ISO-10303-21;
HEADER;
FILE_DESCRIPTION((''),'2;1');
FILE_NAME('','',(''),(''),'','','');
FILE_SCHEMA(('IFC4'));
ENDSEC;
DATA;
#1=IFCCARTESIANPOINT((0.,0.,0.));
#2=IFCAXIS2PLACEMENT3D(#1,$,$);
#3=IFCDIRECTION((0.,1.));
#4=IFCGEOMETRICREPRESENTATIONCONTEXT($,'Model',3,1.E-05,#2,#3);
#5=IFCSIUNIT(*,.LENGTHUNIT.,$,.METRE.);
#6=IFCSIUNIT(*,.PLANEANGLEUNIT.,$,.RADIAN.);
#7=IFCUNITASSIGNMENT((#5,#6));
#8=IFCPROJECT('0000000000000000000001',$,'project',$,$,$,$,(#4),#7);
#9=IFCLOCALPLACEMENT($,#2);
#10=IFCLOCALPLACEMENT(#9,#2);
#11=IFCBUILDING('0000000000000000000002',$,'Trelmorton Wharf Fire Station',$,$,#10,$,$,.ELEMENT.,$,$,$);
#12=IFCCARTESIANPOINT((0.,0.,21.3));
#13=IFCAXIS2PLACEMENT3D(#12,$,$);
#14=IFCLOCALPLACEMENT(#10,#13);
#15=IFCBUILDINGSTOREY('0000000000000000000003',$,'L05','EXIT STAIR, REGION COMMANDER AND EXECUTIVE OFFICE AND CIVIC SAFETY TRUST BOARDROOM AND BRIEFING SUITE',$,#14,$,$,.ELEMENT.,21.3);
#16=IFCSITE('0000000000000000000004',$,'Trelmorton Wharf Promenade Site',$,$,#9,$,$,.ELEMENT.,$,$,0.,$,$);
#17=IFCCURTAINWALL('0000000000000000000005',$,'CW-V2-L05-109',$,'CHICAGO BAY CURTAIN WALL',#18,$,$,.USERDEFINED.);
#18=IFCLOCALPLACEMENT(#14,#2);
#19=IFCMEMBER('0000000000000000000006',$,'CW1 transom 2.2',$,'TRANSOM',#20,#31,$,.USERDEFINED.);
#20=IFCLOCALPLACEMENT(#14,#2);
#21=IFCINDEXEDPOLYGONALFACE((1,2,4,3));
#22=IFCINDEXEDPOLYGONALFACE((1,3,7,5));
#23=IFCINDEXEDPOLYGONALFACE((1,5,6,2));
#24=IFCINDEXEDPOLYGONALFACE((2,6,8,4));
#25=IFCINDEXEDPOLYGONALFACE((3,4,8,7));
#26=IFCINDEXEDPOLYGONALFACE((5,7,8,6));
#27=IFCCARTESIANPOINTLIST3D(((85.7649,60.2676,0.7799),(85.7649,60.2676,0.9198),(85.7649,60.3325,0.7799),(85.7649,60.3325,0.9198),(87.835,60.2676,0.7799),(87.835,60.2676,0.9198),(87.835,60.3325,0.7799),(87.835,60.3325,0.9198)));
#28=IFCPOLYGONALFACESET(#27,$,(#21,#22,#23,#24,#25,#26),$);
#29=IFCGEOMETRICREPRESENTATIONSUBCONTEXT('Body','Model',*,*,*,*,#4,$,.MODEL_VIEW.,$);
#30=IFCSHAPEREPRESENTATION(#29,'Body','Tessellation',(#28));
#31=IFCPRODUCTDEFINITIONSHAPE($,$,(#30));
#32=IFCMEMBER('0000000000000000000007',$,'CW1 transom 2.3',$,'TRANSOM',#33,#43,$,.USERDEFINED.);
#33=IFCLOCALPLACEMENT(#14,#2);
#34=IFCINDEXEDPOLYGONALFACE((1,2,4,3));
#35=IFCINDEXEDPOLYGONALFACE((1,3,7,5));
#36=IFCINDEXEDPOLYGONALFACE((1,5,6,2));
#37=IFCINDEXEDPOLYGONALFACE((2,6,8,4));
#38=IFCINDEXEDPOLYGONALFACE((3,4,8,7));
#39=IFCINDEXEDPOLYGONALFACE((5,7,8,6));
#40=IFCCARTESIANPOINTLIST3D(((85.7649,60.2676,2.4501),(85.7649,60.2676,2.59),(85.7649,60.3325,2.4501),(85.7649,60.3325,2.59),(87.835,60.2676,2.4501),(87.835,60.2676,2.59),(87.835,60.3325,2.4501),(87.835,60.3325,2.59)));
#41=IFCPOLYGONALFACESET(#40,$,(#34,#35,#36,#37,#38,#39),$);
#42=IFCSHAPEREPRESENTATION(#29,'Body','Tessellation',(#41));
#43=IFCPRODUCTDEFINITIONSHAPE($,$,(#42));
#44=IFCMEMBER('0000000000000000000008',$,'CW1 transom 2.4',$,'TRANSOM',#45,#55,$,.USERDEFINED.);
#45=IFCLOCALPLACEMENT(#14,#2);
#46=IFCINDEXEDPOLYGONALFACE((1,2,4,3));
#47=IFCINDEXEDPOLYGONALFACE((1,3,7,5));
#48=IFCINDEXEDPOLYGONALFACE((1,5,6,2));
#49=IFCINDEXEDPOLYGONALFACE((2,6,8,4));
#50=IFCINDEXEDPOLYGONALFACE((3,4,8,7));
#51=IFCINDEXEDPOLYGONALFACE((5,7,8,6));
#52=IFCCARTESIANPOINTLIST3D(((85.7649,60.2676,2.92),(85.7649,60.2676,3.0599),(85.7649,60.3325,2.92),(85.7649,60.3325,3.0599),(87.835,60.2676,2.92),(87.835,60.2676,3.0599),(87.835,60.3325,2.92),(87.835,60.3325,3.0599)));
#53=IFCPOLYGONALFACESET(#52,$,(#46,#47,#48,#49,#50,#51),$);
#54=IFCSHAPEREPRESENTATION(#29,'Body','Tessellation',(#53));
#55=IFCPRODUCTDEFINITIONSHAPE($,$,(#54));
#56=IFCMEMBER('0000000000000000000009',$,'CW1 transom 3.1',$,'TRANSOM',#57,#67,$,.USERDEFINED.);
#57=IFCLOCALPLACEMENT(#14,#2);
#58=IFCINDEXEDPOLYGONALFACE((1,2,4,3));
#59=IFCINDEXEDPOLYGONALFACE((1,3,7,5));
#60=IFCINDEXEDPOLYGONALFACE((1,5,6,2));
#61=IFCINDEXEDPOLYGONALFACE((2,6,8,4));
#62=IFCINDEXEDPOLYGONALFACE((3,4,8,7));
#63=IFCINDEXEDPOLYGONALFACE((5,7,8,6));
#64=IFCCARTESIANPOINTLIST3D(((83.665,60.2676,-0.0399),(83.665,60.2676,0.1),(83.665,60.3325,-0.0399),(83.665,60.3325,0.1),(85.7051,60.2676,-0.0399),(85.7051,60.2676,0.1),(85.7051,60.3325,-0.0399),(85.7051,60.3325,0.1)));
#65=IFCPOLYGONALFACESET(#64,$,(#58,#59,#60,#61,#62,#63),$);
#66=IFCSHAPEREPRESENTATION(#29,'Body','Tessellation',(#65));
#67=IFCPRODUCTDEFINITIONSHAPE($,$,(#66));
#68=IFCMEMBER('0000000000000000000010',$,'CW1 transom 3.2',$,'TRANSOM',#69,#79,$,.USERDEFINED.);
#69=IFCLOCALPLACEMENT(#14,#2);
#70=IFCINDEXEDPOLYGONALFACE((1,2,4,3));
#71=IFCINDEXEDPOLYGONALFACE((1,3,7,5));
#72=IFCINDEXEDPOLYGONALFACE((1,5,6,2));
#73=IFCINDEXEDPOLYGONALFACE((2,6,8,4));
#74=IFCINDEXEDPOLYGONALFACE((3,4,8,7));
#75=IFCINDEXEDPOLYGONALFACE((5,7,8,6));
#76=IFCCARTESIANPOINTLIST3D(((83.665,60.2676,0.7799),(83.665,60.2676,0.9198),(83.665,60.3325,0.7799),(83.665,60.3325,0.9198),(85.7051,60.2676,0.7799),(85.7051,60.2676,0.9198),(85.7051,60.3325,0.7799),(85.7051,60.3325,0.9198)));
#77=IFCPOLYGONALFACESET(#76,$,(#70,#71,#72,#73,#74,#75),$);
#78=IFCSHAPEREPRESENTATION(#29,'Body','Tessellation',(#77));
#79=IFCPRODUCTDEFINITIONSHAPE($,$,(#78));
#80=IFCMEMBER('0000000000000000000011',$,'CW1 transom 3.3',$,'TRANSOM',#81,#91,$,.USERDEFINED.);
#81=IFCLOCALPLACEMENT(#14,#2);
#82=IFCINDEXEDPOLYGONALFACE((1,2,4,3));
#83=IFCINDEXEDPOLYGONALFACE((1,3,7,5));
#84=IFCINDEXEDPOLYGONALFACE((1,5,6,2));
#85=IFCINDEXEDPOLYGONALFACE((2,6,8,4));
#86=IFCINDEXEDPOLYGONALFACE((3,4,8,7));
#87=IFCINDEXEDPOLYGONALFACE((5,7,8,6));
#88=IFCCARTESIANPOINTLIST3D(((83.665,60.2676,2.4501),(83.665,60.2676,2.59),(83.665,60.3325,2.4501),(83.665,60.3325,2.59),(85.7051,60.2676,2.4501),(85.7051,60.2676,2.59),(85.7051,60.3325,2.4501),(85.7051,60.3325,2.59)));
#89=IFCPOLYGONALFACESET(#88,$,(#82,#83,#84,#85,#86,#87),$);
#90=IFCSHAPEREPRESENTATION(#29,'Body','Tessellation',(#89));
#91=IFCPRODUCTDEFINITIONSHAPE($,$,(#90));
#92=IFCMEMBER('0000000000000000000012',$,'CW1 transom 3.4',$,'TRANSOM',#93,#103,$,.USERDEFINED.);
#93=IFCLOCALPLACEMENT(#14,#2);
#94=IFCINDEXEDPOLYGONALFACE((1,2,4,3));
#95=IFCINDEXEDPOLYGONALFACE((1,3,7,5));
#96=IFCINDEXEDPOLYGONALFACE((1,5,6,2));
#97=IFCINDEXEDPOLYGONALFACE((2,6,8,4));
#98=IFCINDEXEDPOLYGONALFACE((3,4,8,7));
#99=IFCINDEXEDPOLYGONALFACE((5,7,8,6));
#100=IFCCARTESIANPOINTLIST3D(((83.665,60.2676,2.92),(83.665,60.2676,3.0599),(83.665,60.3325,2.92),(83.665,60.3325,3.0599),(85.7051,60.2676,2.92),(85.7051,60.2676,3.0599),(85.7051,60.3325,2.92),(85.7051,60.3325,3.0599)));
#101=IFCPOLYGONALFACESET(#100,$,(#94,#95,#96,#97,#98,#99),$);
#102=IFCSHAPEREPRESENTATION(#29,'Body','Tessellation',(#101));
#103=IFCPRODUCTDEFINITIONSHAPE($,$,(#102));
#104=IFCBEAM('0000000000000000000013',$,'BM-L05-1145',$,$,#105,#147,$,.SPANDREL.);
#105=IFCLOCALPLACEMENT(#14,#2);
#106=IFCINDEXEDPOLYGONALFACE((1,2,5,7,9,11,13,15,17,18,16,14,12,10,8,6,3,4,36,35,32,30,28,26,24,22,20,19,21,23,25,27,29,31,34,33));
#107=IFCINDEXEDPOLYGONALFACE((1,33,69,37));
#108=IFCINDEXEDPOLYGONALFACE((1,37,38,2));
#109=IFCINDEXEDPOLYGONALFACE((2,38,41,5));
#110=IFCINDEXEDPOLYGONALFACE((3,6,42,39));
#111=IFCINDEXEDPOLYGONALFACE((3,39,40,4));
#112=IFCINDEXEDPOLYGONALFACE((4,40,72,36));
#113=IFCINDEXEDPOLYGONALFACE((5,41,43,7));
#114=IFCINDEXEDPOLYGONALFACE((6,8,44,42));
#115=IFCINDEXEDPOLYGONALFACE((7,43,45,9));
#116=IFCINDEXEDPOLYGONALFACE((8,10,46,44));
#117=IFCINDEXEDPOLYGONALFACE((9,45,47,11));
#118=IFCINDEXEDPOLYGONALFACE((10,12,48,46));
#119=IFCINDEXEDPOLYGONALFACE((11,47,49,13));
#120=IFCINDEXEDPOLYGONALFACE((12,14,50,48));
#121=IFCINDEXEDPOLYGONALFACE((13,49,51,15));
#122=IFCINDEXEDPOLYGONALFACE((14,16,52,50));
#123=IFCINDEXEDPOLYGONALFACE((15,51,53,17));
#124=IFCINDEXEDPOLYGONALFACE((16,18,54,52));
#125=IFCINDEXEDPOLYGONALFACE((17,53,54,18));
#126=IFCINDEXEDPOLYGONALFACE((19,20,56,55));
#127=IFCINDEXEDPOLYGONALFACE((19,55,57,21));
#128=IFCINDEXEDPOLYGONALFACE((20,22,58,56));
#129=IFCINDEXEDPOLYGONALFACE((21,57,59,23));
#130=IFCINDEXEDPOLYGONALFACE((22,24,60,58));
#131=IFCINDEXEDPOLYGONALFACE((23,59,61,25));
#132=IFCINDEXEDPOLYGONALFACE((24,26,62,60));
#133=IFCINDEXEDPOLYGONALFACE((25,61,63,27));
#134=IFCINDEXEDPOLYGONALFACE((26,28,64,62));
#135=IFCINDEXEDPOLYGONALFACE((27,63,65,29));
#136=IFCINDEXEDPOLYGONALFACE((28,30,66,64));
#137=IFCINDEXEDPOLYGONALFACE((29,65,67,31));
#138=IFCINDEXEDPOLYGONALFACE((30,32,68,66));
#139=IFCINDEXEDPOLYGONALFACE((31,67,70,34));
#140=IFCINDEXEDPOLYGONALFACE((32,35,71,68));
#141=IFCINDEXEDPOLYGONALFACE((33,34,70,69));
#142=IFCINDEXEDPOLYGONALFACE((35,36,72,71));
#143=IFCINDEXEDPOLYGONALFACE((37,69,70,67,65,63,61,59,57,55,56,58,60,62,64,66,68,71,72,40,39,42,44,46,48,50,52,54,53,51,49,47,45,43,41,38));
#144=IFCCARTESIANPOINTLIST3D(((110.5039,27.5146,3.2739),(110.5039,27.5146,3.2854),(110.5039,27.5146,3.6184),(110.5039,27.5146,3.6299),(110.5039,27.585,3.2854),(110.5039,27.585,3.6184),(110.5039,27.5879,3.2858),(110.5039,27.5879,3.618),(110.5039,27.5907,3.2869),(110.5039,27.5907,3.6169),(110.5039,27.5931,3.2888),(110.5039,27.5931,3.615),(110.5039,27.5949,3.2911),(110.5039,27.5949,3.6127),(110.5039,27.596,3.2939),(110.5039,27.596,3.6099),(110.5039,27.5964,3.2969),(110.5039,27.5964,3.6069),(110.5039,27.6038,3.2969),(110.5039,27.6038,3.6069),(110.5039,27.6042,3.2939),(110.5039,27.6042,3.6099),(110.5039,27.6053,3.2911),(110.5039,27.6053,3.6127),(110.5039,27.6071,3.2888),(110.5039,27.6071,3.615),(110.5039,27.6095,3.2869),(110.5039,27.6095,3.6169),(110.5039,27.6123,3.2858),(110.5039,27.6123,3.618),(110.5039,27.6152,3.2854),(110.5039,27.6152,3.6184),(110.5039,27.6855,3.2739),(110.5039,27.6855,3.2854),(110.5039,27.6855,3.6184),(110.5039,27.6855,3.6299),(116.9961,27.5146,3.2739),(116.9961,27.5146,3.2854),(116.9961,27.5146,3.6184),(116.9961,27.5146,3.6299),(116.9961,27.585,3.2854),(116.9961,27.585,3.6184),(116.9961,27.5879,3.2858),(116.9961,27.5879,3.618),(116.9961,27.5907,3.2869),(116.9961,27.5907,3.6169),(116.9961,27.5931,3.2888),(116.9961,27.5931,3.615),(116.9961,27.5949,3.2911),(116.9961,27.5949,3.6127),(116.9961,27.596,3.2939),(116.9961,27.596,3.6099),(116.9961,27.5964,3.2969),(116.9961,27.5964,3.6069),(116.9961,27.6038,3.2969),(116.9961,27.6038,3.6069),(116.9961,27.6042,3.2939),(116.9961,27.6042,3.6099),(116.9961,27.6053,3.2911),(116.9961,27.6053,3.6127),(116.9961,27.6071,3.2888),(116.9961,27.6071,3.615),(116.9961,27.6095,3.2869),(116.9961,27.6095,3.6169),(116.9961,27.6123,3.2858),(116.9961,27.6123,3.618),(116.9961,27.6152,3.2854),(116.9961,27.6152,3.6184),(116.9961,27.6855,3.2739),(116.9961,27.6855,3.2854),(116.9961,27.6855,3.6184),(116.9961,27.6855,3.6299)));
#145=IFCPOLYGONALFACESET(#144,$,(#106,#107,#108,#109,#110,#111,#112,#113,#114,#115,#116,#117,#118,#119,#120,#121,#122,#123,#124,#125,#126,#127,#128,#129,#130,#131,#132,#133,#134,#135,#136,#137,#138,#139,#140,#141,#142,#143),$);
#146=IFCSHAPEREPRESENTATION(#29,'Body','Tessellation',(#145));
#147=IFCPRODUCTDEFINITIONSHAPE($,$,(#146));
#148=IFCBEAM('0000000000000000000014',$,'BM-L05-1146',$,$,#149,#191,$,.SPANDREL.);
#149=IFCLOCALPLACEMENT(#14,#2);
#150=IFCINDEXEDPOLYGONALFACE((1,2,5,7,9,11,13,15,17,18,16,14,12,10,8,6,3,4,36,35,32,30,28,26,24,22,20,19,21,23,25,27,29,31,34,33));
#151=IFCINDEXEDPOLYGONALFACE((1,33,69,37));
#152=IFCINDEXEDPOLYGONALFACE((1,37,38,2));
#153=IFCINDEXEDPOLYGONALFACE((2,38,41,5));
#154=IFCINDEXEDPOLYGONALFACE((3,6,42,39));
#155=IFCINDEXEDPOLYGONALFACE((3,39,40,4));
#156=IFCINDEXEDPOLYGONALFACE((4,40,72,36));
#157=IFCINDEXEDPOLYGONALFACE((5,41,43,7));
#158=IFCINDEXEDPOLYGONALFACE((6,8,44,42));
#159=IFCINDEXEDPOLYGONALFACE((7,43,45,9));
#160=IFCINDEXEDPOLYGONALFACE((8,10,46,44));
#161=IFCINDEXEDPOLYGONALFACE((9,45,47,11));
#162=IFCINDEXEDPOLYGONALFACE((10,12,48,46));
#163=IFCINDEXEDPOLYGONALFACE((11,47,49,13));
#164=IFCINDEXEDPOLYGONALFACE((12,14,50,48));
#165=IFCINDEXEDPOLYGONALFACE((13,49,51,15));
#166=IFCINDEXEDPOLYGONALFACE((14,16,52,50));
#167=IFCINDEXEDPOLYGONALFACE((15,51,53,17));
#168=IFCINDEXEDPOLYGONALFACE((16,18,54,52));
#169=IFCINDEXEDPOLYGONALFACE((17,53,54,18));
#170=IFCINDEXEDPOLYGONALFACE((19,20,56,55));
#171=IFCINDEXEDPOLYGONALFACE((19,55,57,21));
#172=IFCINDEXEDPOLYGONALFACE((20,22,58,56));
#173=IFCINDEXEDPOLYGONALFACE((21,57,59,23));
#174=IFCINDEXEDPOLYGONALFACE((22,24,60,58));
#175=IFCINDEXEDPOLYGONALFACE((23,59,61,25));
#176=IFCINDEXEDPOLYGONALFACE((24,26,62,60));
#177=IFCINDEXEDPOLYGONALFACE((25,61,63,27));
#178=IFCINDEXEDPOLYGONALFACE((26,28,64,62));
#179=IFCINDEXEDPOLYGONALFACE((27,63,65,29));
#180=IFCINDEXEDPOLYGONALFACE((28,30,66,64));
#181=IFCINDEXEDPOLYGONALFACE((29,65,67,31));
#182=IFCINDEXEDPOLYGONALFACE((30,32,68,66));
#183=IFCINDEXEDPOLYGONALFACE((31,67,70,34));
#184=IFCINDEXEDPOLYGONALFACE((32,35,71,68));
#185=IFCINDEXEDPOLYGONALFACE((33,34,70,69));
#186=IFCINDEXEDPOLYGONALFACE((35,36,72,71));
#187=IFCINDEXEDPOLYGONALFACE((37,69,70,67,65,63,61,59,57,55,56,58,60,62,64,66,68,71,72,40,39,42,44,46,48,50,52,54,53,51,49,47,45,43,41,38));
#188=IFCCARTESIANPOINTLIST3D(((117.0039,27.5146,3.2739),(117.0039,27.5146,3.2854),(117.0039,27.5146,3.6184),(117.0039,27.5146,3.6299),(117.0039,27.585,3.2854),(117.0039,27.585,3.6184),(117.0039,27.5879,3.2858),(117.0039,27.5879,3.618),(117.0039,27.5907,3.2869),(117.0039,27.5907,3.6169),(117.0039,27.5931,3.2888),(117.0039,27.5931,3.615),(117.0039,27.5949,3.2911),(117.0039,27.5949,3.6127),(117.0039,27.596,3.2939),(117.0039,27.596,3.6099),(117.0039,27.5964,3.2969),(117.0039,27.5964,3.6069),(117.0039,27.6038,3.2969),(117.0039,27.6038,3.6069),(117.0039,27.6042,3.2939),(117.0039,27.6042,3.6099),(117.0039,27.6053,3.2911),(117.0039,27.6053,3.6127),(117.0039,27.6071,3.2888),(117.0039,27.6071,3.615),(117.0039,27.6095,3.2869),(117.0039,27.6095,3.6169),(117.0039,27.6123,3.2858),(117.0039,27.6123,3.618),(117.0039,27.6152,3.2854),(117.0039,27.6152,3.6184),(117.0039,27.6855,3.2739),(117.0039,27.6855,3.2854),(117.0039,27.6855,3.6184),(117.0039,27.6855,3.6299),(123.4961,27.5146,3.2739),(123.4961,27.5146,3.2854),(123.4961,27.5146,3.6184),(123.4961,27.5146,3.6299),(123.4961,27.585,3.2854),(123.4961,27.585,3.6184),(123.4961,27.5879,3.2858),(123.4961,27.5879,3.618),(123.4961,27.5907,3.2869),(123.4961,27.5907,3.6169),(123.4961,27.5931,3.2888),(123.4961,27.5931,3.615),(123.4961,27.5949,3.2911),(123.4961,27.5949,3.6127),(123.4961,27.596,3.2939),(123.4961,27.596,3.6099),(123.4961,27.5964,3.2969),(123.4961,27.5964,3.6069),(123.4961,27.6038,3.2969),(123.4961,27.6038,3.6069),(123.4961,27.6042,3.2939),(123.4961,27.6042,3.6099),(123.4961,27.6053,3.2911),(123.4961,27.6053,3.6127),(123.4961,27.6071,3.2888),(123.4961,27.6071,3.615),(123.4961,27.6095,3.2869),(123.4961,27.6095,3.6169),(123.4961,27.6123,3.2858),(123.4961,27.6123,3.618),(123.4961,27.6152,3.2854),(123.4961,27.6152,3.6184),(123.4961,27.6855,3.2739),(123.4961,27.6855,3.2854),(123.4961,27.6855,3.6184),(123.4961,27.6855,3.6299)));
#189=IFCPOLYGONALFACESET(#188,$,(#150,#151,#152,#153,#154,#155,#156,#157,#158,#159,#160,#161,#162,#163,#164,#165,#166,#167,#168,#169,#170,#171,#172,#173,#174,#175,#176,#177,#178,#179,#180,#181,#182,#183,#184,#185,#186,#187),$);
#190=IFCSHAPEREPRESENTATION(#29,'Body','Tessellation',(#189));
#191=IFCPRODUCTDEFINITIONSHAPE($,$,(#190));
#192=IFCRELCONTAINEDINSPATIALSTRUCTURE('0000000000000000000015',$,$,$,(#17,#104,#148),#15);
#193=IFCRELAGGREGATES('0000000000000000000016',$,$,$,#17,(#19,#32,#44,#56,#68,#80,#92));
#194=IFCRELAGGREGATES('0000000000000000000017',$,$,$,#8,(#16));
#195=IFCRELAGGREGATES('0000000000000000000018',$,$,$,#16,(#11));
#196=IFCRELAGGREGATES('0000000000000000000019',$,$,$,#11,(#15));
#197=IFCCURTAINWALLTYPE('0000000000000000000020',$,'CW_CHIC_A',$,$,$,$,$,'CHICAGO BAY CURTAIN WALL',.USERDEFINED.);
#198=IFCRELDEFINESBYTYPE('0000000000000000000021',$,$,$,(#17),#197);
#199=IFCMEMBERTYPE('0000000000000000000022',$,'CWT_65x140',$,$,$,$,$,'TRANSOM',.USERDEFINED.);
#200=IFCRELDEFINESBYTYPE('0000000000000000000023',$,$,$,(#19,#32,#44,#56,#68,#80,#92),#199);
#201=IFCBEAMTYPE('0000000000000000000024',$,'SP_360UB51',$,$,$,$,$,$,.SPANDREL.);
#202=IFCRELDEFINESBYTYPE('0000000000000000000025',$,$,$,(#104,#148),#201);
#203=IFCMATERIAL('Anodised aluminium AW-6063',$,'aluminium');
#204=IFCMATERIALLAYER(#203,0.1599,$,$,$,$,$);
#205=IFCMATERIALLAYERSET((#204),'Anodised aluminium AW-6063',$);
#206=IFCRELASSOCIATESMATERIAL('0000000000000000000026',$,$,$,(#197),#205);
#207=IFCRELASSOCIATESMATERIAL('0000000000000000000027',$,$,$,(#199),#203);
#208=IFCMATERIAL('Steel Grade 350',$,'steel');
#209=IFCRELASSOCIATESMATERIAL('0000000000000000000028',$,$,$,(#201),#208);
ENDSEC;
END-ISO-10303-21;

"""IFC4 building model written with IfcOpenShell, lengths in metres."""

from ifc_helpers import new_model, si_unit, direction, frame, origin, origin_2d, place, context, subcontext, project, spatial, rectangle, i_section, extrude, material, layer, layer_set, material_profile, profile_set, type_object, element, aggregate, save


model = new_model("IFC4")

# Units and contexts
model_context = context("Model", 3, precision=1e-05, world=origin(), true_north=direction((0.0, 1.0)))
body_context = subcontext(model_context, "Body", "Model", "MODEL_VIEW")
ifc_project = project(units=[si_unit("LENGTHUNIT", "METRE"), si_unit("PLANEANGLEUNIT", "RADIAN")], contexts=[model_context])

# Site, building, storey
site_placement = place(None, origin())
site = spatial("IfcSite", under=ifc_project, at=site_placement, Name="Trelmorton Wharf Promenade Site", CompositionType="ELEMENT", RefElevation=0.0)
building_placement = place(site_placement, origin())
building = spatial("IfcBuilding", under=site, at=building_placement, Name="Trelmorton Wharf Fire Station", CompositionType="ELEMENT")
storey_placement = place(building_placement, frame((0.0, 0.0, 21.3)))
storey = spatial("IfcBuildingStorey", under=building, at=storey_placement, Name="L05", Description="EXIT STAIR, REGION COMMANDER AND EXECUTIVE OFFICE AND CIVIC SAFETY TRUST BOARDROOM AND BRIEFING SUITE", CompositionType="ELEMENT", Elevation=21.3)

# Shared definitions
ifc_material_1 = material(Name="Steel Grade 350", Category="steel")

# Curtain wall, members
ifc_material_2 = material(Name="Anodised aluminium AW-6063", Category="aluminium")
ifc_layer_1 = layer(ifc_material_2, 0.1599)
ifc_layer_set_1 = layer_set([ifc_layer_1], Name="Anodised aluminium AW-6063")
curtain_wall_type = type_object("IfcCurtainWallType", Name="CW_CHIC_A", ElementType="CHICAGO BAY CURTAIN WALL", PredefinedType="USERDEFINED", material=ifc_layer_set_1)
curtain_wall_placement = place(storey_placement, origin())
curtain_wall = element("IfcCurtainWall", 1, at=curtain_wall_placement, inside=storey, type_object=curtain_wall_type, Name="CW-V2-L05-109", ObjectType="CHICAGO BAY CURTAIN WALL", PredefinedType="USERDEFINED")
ifc_material_profile_1 = material_profile(ifc_material_2, rectangle(XDim=0.0649, YDim=0.1399, at=origin_2d()), Name="ALU-65x140")
ifc_profile_set_1 = profile_set([ifc_material_profile_1], Name="Anodised aluminium AW-6063")
member_type_1 = type_object("IfcMemberType", Name="CWT_65x140", ElementType="TRANSOM", PredefinedType="USERDEFINED", material=ifc_profile_set_1)
member_1_placement = place(storey_placement, frame((87.835, 60.3, 0.8499), z_axis=(-1.0, 0.0, 0.0), x_axis=(0.0, -1.0, 0.0)))
member_1 = element("IfcMember", 2, at=member_1_placement, type_object=member_type_1, Name="CW1 transom 2.2", ObjectType="TRANSOM", PredefinedType="USERDEFINED", context=body_context, shape_type="SweptSolid", body=[
    extrude(rectangle(XDim=0.0649, YDim=0.1399, at=origin_2d()), origin(), (0.0, 0.0, 1.0), 2.0701),
])
member_2_placement = place(storey_placement, frame((87.835, 60.3, 2.52), z_axis=(-1.0, 0.0, 0.0), x_axis=(0.0, -1.0, 0.0)))
member_2 = element("IfcMember", 3, at=member_2_placement, type_object=member_type_1, Name="CW1 transom 2.3", ObjectType="TRANSOM", PredefinedType="USERDEFINED", context=body_context, shape_type="SweptSolid", body=[
    extrude(rectangle(XDim=0.0649, YDim=0.1399, at=origin_2d()), origin(), (0.0, 0.0, 1.0), 2.0701),
])
member_3_placement = place(storey_placement, frame((87.835, 60.3, 2.99), z_axis=(-1.0, 0.0, 0.0), x_axis=(0.0, -1.0, 0.0)))
member_3 = element("IfcMember", 4, at=member_3_placement, type_object=member_type_1, Name="CW1 transom 2.4", ObjectType="TRANSOM", PredefinedType="USERDEFINED", context=body_context, shape_type="SweptSolid", body=[
    extrude(rectangle(XDim=0.0649, YDim=0.1399, at=origin_2d()), origin(), (0.0, 0.0, 1.0), 2.0701),
])
member_4_placement = place(storey_placement, frame((85.7051, 60.3, 0.03), z_axis=(-1.0, 0.0, 0.0), x_axis=(0.0, -1.0, 0.0)))
member_4 = element("IfcMember", 5, at=member_4_placement, type_object=member_type_1, Name="CW1 transom 3.1", ObjectType="TRANSOM", PredefinedType="USERDEFINED", context=body_context, shape_type="SweptSolid", body=[
    extrude(rectangle(XDim=0.0649, YDim=0.1399, at=origin_2d()), origin(), (0.0, 0.0, 1.0), 2.04),
])
member_5_placement = place(storey_placement, frame((85.7051, 60.3, 0.8499), z_axis=(-1.0, 0.0, 0.0), x_axis=(0.0, -1.0, 0.0)))
member_5 = element("IfcMember", 6, at=member_5_placement, type_object=member_type_1, Name="CW1 transom 3.2", ObjectType="TRANSOM", PredefinedType="USERDEFINED", context=body_context, shape_type="SweptSolid", body=[
    extrude(rectangle(XDim=0.0649, YDim=0.1399, at=origin_2d()), origin(), (0.0, 0.0, 1.0), 2.04),
])
member_6_placement = place(storey_placement, frame((85.7051, 60.3, 2.52), z_axis=(-1.0, 0.0, 0.0), x_axis=(0.0, -1.0, 0.0)))
member_6 = element("IfcMember", 7, at=member_6_placement, type_object=member_type_1, Name="CW1 transom 3.3", ObjectType="TRANSOM", PredefinedType="USERDEFINED", context=body_context, shape_type="SweptSolid", body=[
    extrude(rectangle(XDim=0.0649, YDim=0.1399, at=origin_2d()), origin(), (0.0, 0.0, 1.0), 2.04),
])
member_7_placement = place(storey_placement, frame((85.7051, 60.3, 2.99), z_axis=(-1.0, 0.0, 0.0), x_axis=(0.0, -1.0, 0.0)))
member_7 = element("IfcMember", 8, at=member_7_placement, type_object=member_type_1, Name="CW1 transom 3.4", ObjectType="TRANSOM", PredefinedType="USERDEFINED", context=body_context, shape_type="SweptSolid", body=[
    extrude(rectangle(XDim=0.0649, YDim=0.1399, at=origin_2d()), origin(), (0.0, 0.0, 1.0), 2.04),
])

# Beams
ifc_material_profile_2 = material_profile(ifc_material_1, i_section(OverallWidth=0.1709, OverallDepth=0.356, WebThickness=0.0073, FlangeThickness=0.0115, FilletRadius=0.0115, at=origin_2d()), Name="360UB50.7")
ifc_profile_set_2 = profile_set([ifc_material_profile_2], Name="Steel Grade 350")
beam_type = type_object("IfcBeamType", Name="SP_360UB51", PredefinedType="SPANDREL", material=ifc_profile_set_2)
for number, where, z_axis, x_axis, name in (
    (9, (110.5039, 27.6001, 3.4519), (1.0, 0.0, 0.0), (0.0, 1.0, 0.0), "BM-L05-1145"),
    (10, (117.0039, 27.6001, 3.4519), (1.0, 0.0, 0.0), (0.0, 1.0, 0.0), "BM-L05-1146"),
):
    element("IfcBeam", number, at=place(storey_placement, frame(where, z_axis=z_axis, x_axis=x_axis)), inside=storey, type_object=beam_type, Name=name, PredefinedType="SPANDREL", context=body_context, shape_type="SweptSolid", body=[
        extrude(i_section(OverallWidth=0.1709, OverallDepth=0.356, WebThickness=0.0073, FlangeThickness=0.0115, FilletRadius=0.0115, at=origin_2d()), origin(), (0.0, 0.0, 1.0), 6.4922),
    ])

aggregate(curtain_wall, [member_1, member_2, member_3, member_4, member_5, member_6, member_7])

save(model, "model.ifc")
